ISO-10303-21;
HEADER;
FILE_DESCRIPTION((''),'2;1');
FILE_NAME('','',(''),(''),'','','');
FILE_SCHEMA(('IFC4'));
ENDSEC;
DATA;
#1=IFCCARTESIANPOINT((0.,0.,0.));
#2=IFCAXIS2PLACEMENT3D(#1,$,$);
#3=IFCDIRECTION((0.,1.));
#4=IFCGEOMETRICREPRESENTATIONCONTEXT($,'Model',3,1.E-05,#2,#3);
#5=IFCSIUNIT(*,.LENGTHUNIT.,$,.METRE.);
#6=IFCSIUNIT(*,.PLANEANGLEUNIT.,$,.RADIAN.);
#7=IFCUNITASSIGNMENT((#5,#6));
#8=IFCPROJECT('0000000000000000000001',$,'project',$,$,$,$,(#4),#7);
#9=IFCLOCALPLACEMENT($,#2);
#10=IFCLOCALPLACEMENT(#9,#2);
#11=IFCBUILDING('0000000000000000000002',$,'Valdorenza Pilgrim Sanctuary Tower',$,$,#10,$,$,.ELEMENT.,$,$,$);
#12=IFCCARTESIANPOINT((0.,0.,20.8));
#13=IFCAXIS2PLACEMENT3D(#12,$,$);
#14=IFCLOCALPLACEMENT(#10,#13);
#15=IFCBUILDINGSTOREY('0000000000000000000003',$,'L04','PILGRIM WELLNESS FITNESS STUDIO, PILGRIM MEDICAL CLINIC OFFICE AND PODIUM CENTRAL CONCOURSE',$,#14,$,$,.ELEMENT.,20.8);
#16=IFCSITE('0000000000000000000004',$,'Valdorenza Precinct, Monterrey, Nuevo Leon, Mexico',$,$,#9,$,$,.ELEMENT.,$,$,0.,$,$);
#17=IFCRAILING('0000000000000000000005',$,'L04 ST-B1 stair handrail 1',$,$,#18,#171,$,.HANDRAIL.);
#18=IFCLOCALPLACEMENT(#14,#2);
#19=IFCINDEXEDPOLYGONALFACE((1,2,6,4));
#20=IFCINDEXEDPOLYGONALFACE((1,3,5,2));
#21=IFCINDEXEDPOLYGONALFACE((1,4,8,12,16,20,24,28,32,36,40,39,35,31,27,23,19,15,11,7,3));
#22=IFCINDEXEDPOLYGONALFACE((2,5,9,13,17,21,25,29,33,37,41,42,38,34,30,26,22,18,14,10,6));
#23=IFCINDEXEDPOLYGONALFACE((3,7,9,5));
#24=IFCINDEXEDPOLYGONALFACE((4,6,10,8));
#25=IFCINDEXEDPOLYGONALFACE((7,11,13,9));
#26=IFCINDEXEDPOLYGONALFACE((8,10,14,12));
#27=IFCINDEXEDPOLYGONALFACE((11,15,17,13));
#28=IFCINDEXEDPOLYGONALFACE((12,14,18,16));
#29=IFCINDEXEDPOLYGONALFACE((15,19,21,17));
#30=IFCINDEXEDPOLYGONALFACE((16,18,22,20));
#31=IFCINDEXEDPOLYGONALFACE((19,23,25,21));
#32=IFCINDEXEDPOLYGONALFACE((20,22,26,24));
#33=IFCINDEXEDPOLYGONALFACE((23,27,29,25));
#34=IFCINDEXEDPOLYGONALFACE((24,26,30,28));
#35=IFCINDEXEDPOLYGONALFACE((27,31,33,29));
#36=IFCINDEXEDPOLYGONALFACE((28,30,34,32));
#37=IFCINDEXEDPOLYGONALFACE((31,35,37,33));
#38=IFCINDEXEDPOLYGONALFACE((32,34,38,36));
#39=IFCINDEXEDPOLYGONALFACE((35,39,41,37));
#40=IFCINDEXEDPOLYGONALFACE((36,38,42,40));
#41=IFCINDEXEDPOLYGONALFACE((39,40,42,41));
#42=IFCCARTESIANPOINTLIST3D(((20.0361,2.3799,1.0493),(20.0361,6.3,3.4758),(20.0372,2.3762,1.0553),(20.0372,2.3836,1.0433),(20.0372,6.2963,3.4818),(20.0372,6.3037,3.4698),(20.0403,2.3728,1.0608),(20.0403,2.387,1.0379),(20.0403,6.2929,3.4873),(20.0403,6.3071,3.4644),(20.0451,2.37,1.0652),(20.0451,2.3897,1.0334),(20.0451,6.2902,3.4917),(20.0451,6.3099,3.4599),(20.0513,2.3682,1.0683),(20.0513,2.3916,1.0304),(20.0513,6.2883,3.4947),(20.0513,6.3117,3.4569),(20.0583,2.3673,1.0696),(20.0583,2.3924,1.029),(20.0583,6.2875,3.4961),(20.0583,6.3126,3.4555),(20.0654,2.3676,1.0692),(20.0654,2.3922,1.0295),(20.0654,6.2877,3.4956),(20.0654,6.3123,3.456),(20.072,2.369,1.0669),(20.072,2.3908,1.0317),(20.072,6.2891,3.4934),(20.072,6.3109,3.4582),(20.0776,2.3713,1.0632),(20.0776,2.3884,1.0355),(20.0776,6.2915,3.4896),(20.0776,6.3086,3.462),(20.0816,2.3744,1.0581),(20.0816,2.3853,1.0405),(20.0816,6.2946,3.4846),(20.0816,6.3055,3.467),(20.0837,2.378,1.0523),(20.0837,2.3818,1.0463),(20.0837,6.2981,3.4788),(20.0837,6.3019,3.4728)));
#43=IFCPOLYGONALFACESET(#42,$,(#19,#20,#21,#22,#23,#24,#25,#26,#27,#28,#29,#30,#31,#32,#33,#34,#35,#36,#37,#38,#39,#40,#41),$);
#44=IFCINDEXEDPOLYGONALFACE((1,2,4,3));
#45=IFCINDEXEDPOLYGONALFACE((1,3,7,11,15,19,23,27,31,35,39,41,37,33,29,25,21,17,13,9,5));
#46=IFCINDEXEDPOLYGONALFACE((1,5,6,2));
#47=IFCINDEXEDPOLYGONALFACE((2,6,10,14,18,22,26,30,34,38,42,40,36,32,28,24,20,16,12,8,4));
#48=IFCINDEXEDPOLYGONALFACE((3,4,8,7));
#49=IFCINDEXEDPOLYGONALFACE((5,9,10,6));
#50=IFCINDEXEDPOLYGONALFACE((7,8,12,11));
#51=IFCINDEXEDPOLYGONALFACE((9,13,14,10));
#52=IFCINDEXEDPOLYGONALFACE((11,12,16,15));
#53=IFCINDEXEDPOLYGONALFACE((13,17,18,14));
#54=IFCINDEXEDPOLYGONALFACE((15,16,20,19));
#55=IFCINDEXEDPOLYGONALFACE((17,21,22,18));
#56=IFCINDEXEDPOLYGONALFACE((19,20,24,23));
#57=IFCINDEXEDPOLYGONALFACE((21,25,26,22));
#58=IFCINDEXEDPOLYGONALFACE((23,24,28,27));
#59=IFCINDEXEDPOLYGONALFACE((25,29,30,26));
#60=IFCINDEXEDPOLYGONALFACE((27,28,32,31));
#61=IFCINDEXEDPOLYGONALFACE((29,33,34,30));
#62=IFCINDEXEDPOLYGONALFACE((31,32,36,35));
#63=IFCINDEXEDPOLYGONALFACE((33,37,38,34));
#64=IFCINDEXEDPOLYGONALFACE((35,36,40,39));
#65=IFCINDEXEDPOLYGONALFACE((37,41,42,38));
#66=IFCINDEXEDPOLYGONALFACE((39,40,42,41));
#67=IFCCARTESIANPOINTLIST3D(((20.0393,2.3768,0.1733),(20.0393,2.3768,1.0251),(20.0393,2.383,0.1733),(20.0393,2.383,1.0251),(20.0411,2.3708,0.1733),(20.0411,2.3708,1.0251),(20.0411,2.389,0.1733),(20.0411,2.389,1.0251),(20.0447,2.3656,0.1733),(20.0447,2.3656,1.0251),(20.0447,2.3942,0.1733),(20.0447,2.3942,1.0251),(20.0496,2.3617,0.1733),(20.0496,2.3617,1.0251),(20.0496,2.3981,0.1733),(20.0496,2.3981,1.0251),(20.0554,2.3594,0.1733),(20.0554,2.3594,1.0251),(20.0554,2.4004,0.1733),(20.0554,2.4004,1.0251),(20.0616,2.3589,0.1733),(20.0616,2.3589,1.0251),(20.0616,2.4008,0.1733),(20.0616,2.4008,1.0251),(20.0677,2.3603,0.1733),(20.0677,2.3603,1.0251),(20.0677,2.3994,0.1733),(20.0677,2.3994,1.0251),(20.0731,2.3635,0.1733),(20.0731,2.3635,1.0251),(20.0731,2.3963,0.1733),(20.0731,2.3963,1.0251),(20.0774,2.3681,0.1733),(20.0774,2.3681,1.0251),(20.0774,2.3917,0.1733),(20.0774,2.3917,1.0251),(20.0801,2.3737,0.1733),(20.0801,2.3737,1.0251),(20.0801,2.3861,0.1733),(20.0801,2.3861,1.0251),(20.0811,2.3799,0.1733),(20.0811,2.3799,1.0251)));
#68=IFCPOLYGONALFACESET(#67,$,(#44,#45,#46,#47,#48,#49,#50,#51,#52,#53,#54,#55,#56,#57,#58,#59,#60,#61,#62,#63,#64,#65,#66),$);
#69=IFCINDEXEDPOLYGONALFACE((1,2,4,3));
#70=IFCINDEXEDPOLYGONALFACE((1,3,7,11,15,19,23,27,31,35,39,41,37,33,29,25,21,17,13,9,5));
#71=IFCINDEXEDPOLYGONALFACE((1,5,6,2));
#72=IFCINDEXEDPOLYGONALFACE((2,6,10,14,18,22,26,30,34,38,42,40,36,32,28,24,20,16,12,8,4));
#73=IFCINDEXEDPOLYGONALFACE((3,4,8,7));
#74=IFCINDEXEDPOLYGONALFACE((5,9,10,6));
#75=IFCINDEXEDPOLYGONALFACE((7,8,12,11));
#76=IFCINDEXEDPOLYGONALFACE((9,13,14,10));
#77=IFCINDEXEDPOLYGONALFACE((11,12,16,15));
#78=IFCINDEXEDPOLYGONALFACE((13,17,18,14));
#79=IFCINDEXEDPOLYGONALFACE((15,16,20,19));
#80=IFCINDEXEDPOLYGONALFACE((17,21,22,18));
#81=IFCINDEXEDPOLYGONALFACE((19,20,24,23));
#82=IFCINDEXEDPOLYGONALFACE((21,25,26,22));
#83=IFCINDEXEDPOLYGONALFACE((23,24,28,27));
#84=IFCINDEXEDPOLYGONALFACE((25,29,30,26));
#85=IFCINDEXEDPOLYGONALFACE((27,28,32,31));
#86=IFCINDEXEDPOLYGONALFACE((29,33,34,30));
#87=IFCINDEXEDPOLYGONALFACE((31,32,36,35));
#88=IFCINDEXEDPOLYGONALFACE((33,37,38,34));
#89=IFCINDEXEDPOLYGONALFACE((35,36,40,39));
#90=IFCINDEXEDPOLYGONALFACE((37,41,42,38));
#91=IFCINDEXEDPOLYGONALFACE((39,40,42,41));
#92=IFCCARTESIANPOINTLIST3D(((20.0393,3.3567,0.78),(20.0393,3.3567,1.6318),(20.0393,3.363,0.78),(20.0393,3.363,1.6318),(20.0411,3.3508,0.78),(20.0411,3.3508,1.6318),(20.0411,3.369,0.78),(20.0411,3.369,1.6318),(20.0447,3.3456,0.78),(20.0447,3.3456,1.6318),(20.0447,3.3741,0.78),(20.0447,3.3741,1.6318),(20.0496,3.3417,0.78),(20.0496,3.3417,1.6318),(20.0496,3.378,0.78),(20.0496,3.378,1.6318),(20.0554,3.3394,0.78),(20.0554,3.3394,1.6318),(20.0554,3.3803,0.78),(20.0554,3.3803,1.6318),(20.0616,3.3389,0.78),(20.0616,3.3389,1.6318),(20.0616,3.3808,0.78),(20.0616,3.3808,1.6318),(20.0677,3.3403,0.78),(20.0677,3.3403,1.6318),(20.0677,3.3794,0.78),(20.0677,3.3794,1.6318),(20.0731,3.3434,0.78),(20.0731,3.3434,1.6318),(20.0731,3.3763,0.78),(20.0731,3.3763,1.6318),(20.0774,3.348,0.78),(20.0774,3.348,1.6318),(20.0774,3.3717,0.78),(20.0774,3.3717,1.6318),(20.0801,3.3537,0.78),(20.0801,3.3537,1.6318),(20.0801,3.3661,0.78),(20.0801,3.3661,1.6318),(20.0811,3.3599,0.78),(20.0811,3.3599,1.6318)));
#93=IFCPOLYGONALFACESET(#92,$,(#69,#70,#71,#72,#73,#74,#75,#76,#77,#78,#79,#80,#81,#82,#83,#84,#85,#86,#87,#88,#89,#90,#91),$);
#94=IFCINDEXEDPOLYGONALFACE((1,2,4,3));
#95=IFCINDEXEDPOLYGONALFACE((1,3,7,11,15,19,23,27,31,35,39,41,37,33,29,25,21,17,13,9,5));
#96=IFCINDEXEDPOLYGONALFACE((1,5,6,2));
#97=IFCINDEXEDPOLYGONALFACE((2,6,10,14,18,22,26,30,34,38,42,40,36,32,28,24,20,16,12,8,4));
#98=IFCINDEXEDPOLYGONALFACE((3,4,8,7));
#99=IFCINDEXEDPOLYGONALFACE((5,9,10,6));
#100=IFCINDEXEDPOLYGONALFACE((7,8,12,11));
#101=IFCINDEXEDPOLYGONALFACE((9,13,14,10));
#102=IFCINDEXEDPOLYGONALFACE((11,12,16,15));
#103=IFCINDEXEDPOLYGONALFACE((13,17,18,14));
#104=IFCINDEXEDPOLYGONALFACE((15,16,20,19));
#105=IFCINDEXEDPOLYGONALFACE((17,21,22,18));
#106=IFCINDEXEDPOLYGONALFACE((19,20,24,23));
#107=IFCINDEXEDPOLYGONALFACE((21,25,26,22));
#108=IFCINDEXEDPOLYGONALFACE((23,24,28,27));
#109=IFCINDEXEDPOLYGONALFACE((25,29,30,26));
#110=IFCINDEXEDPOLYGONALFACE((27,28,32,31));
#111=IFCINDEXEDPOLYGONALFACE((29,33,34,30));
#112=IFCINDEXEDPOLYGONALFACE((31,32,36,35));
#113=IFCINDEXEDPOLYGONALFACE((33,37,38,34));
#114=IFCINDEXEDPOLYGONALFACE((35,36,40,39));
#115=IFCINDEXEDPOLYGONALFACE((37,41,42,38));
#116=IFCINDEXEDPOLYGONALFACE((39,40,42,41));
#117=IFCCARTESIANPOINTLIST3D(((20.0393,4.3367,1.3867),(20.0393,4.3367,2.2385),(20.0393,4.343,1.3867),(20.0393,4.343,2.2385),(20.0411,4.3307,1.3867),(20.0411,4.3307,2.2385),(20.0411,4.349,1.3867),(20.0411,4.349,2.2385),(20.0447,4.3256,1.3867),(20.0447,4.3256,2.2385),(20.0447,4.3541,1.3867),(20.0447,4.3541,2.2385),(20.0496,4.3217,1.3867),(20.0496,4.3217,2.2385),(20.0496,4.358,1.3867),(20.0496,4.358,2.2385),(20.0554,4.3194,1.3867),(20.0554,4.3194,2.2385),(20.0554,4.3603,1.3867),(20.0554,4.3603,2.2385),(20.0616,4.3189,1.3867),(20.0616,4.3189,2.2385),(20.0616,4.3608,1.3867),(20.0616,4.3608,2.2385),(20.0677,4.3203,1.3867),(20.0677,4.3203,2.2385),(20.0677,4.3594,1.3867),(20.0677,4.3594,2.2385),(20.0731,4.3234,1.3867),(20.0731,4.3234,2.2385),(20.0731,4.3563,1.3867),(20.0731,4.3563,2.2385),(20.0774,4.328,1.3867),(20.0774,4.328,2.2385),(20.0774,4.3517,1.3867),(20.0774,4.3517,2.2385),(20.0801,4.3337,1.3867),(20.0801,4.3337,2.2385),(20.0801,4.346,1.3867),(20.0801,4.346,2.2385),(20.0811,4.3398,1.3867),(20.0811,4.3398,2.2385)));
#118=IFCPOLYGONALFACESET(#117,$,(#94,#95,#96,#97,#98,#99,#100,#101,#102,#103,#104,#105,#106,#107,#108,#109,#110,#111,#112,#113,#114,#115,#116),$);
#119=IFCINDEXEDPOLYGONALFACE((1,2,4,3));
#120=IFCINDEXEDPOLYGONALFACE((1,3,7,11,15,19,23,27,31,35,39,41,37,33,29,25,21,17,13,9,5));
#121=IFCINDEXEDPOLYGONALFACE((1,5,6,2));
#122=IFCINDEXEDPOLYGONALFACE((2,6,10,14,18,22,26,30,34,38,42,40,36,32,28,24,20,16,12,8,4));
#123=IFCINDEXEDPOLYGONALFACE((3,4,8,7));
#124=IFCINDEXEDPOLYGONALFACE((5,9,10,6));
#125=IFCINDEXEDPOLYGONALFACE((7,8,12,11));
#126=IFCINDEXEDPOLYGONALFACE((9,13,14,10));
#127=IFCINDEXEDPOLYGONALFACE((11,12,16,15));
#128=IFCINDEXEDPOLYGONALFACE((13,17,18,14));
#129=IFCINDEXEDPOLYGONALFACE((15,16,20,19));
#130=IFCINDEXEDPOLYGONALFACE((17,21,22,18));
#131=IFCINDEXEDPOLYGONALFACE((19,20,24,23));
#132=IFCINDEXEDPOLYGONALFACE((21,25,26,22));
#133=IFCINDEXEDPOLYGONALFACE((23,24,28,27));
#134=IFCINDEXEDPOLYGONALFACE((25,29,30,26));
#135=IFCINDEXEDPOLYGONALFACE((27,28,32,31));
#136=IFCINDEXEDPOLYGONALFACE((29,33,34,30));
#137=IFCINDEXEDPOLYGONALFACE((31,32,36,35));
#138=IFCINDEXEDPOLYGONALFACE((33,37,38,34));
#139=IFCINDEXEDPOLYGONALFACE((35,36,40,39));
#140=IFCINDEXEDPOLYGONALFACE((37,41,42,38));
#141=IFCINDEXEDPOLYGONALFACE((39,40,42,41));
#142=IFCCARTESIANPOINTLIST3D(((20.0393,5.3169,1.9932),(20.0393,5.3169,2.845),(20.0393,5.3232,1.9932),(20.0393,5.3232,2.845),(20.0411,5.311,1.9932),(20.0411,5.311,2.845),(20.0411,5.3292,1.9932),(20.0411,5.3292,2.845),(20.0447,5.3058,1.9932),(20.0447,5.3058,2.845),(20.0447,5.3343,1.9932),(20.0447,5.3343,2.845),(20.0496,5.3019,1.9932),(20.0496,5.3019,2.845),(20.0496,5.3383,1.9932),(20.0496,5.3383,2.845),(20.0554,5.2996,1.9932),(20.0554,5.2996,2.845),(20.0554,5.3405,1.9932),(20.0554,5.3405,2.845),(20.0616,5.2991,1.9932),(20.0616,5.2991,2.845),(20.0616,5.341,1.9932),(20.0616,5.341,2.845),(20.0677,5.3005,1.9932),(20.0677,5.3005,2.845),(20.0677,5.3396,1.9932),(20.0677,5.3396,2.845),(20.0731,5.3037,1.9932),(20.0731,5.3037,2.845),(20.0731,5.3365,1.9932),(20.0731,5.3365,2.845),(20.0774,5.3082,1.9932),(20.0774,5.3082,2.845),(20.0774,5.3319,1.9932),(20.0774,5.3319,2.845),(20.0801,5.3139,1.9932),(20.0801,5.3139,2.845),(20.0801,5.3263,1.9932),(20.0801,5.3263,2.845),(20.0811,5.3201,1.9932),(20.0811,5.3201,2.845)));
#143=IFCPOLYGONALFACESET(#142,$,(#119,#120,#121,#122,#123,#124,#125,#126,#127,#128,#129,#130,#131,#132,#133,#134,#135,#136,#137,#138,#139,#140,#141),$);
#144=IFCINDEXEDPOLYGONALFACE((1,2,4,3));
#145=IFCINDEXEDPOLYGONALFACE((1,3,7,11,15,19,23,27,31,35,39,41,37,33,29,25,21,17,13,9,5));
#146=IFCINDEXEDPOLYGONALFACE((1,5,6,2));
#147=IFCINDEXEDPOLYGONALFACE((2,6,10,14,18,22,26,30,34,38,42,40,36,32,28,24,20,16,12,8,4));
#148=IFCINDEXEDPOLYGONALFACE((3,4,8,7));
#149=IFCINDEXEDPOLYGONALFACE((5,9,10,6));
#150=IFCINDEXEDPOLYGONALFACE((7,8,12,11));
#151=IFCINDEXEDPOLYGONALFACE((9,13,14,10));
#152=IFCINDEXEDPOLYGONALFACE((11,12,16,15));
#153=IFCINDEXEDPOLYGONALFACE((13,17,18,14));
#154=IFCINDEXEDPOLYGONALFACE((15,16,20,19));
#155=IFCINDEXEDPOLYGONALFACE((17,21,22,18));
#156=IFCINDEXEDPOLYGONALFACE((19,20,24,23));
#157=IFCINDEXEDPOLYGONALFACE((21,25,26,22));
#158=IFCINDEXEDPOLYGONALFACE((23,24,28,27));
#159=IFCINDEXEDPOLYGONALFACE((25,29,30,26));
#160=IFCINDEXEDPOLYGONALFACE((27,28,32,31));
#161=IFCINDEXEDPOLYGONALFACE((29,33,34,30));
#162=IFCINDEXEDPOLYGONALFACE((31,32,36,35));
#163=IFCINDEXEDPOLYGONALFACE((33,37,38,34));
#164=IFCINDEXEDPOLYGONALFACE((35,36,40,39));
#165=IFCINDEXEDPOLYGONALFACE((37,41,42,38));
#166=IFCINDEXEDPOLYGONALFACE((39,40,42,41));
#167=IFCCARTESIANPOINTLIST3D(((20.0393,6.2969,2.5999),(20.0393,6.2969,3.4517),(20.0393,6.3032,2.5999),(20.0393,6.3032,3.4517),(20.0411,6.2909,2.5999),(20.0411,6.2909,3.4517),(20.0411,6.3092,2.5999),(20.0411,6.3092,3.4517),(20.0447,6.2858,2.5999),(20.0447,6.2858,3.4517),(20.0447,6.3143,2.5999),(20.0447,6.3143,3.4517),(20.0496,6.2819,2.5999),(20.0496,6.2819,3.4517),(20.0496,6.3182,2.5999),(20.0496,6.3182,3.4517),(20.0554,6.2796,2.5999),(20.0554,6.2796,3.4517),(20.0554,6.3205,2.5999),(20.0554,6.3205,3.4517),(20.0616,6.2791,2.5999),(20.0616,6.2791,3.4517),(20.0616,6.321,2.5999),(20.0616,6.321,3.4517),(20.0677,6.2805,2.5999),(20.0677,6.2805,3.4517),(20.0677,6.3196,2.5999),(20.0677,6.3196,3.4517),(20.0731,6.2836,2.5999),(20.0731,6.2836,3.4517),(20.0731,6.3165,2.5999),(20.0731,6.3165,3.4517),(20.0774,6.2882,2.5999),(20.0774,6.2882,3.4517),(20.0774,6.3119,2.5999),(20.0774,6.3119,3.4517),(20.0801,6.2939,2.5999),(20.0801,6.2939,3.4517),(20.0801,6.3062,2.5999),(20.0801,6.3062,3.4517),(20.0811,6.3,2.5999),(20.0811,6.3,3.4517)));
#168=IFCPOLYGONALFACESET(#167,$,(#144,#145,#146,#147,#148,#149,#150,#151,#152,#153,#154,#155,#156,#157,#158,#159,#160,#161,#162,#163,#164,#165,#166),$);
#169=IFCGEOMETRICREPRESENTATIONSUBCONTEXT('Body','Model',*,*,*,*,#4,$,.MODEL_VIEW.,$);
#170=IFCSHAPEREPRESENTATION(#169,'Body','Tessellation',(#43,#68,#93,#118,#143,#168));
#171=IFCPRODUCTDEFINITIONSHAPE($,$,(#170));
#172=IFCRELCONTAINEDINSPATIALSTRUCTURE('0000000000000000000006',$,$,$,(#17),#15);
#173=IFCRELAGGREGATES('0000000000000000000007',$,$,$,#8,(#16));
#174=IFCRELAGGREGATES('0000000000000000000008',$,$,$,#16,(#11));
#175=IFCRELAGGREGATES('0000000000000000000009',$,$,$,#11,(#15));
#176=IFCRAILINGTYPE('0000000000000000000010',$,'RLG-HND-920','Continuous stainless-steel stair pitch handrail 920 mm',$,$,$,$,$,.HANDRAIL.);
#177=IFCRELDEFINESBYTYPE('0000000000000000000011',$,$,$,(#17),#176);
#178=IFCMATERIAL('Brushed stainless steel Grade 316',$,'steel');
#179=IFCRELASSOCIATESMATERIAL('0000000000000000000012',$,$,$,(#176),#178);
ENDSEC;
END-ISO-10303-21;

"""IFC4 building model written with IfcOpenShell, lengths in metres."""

from ifc_helpers import new_model, si_unit, direction, frame, origin, origin_2d, place, context, subcontext, project, spatial, circle, extrude, material, type_object, element, save


model = new_model("IFC4")

# Units and contexts
model_context = context("Model", 3, precision=1e-05, world=origin(), true_north=direction((0.0, 1.0)))
body_context = subcontext(model_context, "Body", "Model", "MODEL_VIEW")
ifc_project = project(units=[si_unit("LENGTHUNIT", "METRE"), si_unit("PLANEANGLEUNIT", "RADIAN")], contexts=[model_context])

# Site, building, storey
site_placement = place(None, origin())
site = spatial("IfcSite", under=ifc_project, at=site_placement, Name="Valdorenza Precinct, Monterrey, Nuevo Leon, Mexico", CompositionType="ELEMENT", RefElevation=0.0)
building_placement = place(site_placement, origin())
building = spatial("IfcBuilding", under=site, at=building_placement, Name="Valdorenza Pilgrim Sanctuary Tower", CompositionType="ELEMENT")
storey_placement = place(building_placement, frame((0.0, 0.0, 20.8)))
storey = spatial("IfcBuildingStorey", under=building, at=storey_placement, Name="L04", Description="PILGRIM WELLNESS FITNESS STUDIO, PILGRIM MEDICAL CLINIC OFFICE AND PODIUM CENTRAL CONCOURSE", CompositionType="ELEMENT", Elevation=20.8)

# Railing
ifc_material_1 = material(Name="Brushed stainless steel Grade 316", Category="steel")
railing_type_1 = type_object("IfcRailingType", Name="RLG-HND-920", Description="Continuous stainless-steel stair pitch handrail 920 mm", PredefinedType="HANDRAIL", material=ifc_material_1)
railing_1_placement = place(storey_placement, frame((20.0601, 2.3799, 0.1733)))
element("IfcRailing", 1, at=railing_1_placement, inside=storey, type_object=railing_type_1, Name="L04 ST-B1 stair handrail 1", PredefinedType="HANDRAIL", context=body_context, shape_type="SweptSolid", body=[
    extrude(circle(Radius=0.0239, at=origin_2d()), frame((0.0, 0.0, 0.876), z_axis=(0.0, 0.85029, 0.526315), x_axis=(-1.0, 0.0, 0.0)), (0.0, 0.0, 1.0), 4.6104),
    extrude(circle(Radius=0.021, at=origin_2d()), origin(), (0.0, 0.0, 1.0), 0.8518),
    extrude(circle(Radius=0.021, at=origin_2d()), frame((0.0, 0.98, 0.6067)), (0.0, 0.0, 1.0), 0.8518),
    extrude(circle(Radius=0.021, at=origin_2d()), frame((0.0, 1.96, 1.2134)), (0.0, 0.0, 1.0), 0.8518),
    extrude(circle(Radius=0.021, at=origin_2d()), frame((0.0, 2.9402, 1.8198)), (0.0, 0.0, 1.0), 0.8518),
    extrude(circle(Radius=0.021, at=origin_2d()), frame((0.0, 3.9202, 2.4265)), (0.0, 0.0, 1.0), 0.8518),
])

save(model, "model.ifc")
